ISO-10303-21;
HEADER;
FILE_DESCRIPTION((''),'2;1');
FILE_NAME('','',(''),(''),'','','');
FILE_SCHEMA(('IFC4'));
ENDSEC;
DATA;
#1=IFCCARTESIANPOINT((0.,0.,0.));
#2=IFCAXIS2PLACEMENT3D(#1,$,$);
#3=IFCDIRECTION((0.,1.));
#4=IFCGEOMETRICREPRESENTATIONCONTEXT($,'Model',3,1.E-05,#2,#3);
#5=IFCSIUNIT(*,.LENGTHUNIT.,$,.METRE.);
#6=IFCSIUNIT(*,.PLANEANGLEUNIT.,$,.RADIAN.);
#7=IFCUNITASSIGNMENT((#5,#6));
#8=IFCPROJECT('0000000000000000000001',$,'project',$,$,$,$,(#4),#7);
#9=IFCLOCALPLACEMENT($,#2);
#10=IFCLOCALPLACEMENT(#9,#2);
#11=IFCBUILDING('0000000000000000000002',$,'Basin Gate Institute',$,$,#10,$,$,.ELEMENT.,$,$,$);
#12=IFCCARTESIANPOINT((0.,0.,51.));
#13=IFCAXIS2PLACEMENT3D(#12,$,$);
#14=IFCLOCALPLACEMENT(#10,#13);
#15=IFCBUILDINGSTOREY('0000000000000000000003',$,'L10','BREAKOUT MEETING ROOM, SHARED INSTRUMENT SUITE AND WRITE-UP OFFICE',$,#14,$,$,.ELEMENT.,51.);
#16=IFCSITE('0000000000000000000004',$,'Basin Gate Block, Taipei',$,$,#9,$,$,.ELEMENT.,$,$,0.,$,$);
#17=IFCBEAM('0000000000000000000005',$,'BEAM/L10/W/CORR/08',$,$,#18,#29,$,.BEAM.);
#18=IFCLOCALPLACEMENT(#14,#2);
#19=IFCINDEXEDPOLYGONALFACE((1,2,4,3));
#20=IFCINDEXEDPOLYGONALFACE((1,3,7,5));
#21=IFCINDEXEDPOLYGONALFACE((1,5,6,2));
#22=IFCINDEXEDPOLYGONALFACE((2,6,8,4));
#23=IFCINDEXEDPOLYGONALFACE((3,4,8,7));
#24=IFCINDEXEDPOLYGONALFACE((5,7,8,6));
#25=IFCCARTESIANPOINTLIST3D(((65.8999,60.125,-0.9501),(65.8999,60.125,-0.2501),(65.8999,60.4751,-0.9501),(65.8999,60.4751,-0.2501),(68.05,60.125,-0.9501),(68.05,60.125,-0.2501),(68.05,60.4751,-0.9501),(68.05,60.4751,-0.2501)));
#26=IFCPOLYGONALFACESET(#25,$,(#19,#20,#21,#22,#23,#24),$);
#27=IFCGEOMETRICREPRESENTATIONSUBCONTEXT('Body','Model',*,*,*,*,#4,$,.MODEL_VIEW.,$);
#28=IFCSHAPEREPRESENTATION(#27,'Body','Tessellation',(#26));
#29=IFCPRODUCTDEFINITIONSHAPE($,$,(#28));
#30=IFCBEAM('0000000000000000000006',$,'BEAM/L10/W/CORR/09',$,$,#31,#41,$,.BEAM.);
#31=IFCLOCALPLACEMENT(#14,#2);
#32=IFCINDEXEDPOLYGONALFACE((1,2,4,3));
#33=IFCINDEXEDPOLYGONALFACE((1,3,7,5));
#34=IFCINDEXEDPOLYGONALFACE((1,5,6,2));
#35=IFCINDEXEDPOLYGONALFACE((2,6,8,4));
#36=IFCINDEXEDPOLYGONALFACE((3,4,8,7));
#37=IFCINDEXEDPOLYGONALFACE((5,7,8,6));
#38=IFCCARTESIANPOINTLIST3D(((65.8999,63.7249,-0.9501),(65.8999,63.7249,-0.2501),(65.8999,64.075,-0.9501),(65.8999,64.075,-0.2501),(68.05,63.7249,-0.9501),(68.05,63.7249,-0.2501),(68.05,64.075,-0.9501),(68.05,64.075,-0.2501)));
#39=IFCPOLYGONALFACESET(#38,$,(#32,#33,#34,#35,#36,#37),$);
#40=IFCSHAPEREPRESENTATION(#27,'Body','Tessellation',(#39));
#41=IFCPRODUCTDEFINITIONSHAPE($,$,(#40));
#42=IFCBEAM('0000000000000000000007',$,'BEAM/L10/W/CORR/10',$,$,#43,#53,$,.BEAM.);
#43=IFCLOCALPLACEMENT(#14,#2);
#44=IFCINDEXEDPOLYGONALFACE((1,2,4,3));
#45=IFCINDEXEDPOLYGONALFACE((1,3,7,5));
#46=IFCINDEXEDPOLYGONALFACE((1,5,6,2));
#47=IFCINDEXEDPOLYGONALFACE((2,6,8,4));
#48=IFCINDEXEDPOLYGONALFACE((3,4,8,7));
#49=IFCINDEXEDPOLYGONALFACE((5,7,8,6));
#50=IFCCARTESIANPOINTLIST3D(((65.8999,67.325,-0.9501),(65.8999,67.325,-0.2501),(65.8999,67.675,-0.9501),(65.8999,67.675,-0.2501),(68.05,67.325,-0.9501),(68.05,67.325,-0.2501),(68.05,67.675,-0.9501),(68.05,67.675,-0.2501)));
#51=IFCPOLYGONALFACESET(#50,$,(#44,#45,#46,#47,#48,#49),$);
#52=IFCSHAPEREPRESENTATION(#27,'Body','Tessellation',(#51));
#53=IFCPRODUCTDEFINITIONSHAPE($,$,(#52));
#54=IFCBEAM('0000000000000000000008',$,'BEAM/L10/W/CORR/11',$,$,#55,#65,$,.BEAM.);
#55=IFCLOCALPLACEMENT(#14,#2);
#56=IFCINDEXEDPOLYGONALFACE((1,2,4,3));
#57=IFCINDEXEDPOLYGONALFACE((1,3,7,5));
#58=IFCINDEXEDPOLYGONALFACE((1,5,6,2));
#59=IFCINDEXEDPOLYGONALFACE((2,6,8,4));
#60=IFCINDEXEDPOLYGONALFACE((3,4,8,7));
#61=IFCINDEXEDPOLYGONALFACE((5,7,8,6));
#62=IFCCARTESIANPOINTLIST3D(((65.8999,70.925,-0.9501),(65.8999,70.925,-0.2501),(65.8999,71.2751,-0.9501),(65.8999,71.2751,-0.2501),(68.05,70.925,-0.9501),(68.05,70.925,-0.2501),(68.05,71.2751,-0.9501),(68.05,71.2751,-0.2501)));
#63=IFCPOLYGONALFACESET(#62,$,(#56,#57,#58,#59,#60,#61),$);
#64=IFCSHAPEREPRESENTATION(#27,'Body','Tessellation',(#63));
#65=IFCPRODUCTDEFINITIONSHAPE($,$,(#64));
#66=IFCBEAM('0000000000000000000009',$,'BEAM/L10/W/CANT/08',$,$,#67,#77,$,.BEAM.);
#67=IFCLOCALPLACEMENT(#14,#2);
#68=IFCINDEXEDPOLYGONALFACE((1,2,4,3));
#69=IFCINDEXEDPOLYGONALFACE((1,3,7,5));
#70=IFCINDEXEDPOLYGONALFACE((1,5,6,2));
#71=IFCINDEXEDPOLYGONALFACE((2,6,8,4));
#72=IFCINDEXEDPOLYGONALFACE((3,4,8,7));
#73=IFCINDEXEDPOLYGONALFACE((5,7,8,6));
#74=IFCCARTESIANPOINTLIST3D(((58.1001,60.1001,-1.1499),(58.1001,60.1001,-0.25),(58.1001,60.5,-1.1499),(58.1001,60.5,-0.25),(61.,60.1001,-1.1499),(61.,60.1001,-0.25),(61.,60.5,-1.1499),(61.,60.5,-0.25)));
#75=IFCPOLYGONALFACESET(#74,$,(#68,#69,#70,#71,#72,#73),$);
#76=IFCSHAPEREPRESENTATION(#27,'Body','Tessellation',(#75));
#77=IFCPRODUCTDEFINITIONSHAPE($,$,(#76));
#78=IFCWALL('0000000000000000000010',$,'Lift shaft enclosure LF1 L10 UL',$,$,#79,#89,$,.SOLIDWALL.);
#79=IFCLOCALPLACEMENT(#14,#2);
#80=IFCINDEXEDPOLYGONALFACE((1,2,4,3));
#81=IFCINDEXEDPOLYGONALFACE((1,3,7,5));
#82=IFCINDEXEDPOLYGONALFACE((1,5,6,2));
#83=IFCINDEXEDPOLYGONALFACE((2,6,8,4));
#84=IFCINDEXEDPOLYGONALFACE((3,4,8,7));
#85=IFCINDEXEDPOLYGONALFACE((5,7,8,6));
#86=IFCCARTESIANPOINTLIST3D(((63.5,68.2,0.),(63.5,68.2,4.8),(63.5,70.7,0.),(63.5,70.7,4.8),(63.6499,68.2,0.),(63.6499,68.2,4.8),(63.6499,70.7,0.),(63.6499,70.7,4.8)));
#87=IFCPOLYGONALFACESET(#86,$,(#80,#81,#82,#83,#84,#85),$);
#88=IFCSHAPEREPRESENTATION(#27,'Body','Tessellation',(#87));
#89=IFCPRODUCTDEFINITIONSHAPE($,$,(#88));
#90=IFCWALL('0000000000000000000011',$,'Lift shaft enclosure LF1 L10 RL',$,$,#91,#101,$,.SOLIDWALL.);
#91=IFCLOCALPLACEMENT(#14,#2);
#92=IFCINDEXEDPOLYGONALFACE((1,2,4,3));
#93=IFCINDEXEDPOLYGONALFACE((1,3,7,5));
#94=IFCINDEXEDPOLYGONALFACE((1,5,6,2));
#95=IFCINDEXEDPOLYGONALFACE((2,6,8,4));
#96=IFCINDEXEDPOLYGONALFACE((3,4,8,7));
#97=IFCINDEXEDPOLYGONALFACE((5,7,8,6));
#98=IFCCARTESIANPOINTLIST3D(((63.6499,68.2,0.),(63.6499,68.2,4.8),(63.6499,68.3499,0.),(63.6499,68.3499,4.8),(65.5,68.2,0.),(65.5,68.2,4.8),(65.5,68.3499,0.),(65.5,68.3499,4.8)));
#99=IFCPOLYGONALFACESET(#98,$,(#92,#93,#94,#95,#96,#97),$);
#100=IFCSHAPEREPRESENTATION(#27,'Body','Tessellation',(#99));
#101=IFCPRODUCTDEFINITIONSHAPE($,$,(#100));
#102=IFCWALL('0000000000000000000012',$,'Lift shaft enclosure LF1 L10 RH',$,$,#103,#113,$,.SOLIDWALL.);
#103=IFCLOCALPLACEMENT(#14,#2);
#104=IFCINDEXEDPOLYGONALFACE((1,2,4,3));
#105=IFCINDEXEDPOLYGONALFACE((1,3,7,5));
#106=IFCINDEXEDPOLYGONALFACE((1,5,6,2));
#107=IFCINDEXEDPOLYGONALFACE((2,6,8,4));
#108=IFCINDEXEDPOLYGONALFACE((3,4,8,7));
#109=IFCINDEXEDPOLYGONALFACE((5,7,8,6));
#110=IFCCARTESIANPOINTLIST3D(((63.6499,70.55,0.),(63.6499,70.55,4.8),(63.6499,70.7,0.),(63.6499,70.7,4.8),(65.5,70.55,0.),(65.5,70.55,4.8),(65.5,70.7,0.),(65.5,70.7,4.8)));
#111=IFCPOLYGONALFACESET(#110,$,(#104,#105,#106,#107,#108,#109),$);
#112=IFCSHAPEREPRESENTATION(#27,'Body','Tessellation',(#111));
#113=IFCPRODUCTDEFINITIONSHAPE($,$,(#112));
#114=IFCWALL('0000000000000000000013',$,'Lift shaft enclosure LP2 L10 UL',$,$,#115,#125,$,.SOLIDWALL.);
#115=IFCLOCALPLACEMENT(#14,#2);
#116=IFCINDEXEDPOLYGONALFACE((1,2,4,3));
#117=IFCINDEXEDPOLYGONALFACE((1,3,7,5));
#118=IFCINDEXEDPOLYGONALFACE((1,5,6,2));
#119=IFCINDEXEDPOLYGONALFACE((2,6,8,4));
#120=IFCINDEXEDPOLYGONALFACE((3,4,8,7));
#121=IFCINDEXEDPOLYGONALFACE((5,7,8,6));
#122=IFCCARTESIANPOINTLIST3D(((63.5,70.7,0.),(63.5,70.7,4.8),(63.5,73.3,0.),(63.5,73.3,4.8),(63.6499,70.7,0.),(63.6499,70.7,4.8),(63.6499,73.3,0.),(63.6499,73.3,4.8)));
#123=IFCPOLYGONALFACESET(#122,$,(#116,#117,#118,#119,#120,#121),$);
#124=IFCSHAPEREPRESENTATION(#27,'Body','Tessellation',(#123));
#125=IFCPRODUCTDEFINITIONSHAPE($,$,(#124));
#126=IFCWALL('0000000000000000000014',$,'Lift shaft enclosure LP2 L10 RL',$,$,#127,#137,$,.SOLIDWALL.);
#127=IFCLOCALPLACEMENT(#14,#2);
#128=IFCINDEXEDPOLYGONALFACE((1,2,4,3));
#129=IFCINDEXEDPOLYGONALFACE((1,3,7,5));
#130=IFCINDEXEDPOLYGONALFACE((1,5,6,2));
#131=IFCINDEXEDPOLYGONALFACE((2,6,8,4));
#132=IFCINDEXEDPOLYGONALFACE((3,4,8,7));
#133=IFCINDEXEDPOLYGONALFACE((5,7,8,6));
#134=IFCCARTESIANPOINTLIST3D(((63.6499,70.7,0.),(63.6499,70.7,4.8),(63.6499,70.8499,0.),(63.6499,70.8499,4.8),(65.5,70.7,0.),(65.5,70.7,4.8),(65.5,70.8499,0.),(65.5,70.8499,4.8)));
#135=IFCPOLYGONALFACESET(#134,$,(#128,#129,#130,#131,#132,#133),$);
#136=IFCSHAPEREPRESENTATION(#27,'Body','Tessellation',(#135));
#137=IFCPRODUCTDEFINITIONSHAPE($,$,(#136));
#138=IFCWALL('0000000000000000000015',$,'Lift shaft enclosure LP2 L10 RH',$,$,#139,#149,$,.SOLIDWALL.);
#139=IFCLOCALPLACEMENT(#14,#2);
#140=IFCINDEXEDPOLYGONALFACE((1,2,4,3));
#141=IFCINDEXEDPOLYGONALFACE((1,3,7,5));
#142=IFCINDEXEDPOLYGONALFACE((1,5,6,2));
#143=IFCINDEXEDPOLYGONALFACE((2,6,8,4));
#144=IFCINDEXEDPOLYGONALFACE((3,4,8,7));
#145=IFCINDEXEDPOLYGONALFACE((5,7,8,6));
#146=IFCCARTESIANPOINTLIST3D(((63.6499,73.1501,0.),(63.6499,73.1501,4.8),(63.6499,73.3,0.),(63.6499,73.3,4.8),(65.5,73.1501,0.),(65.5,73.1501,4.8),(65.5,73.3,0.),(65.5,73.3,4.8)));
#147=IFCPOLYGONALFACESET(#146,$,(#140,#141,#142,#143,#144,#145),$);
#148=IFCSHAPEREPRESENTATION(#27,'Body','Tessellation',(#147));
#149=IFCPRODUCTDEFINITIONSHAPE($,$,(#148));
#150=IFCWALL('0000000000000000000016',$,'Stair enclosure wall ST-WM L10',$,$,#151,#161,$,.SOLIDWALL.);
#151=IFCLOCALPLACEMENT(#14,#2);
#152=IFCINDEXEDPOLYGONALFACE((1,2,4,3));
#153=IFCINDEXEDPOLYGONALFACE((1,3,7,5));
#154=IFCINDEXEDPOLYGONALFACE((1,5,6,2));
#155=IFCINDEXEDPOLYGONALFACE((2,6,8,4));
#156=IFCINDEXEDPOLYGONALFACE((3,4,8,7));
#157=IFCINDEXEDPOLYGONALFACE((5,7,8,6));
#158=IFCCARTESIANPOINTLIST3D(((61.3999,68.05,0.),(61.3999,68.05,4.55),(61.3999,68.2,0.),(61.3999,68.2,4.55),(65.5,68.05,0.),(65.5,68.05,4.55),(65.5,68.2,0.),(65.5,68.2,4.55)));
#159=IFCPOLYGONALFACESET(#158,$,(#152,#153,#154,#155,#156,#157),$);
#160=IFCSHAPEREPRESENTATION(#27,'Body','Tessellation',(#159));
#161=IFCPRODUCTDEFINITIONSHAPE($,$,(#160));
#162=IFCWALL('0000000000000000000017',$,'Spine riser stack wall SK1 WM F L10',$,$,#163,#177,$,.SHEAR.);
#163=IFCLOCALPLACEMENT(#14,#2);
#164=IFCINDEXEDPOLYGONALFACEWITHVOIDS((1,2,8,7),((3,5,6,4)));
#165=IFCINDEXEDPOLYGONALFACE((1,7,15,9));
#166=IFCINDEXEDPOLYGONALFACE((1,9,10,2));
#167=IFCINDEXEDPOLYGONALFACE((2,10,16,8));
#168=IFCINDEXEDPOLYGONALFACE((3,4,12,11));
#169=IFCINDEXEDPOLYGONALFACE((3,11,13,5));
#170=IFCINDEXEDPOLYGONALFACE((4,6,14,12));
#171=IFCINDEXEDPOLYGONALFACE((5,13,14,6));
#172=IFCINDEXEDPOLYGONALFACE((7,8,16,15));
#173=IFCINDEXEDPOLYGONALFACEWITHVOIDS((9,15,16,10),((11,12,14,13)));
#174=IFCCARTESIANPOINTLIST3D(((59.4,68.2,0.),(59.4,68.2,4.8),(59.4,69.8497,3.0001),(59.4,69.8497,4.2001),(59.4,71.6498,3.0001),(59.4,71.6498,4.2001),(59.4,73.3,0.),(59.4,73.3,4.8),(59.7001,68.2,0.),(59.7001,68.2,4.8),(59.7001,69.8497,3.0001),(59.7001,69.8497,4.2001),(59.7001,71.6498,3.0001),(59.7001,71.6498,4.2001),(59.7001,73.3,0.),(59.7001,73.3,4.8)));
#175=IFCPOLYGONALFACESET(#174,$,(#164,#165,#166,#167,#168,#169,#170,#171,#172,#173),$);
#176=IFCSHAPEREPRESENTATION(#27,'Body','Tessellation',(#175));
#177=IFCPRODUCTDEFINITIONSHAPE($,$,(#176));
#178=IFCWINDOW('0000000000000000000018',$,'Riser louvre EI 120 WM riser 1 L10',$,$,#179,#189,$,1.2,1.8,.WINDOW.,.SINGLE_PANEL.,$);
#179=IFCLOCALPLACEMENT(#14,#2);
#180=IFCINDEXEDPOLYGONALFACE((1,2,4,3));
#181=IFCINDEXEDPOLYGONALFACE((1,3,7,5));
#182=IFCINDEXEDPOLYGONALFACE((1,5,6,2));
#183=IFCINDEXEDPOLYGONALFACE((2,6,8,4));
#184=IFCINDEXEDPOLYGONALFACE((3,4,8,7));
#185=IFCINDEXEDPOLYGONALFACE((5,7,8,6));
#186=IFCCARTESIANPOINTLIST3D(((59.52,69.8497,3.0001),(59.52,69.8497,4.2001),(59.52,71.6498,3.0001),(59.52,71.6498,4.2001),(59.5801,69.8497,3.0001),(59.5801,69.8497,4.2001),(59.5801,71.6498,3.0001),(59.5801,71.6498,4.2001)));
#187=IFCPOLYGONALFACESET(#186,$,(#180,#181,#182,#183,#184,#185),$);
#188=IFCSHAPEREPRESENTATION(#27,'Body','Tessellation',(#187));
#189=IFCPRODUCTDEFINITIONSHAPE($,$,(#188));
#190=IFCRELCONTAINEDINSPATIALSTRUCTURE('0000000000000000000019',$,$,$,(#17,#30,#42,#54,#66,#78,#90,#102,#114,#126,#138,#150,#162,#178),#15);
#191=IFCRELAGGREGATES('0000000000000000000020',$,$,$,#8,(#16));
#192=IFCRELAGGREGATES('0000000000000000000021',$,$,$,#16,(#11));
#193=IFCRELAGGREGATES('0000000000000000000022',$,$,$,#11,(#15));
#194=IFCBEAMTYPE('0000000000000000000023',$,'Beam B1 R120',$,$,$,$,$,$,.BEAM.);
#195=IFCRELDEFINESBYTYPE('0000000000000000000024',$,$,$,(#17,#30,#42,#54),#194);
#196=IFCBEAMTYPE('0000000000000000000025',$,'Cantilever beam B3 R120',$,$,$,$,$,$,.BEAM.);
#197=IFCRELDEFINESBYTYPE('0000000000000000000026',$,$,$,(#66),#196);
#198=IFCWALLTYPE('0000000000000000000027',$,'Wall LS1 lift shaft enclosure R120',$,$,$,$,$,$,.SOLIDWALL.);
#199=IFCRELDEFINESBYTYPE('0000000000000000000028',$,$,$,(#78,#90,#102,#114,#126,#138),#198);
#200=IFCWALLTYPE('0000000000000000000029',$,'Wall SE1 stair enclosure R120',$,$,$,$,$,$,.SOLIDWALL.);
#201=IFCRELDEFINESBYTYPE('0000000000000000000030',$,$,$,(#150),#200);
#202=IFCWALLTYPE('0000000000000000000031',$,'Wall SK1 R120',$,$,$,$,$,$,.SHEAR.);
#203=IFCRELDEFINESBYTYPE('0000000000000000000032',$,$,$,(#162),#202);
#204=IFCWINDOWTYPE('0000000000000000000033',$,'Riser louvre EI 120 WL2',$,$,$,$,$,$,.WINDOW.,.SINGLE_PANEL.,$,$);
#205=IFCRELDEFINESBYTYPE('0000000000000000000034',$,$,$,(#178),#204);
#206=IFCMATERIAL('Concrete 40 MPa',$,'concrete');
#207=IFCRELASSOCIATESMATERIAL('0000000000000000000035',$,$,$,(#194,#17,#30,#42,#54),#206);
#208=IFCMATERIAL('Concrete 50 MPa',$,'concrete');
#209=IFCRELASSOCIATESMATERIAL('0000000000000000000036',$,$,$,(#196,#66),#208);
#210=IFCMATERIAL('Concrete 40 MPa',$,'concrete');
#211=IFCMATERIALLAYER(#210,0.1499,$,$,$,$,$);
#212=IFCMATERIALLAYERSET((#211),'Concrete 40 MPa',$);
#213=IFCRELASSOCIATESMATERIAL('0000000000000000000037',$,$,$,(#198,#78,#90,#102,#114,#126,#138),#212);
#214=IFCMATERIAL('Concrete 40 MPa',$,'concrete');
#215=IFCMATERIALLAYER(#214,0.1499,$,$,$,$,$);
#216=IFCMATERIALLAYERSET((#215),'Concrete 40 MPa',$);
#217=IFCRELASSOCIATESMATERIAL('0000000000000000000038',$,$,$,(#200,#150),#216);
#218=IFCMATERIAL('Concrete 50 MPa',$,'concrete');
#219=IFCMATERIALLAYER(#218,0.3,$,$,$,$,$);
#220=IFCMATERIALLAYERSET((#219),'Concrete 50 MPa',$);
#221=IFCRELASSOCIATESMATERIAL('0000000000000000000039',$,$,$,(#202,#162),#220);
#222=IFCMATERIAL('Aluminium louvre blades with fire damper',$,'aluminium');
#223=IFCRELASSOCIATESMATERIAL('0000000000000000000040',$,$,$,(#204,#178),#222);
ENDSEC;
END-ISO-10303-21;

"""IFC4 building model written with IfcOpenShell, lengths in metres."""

from ifc_helpers import new_model, si_unit, direction, frame, frame_2d, origin, origin_2d, place, context, subcontext, project, spatial, rectangle, extrude, material, layer, layer_set, material_profile, profile_set, type_object, element, fill, save


model = new_model("IFC4")

# Units and contexts
model_context = context("Model", 3, precision=1e-05, world=origin(), true_north=direction((0.0, 1.0)))
body_context = subcontext(model_context, "Body", "Model", "MODEL_VIEW")
ifc_project = project(units=[si_unit("LENGTHUNIT", "METRE"), si_unit("PLANEANGLEUNIT", "RADIAN")], contexts=[model_context])

# Site, building, storey
site_placement = place(None, origin())
site = spatial("IfcSite", under=ifc_project, at=site_placement, Name="Basin Gate Block, Taipei", CompositionType="ELEMENT", RefElevation=0.0)
building_placement = place(site_placement, origin())
building = spatial("IfcBuilding", under=site, at=building_placement, Name="Basin Gate Institute", CompositionType="ELEMENT")
storey_placement = place(building_placement, frame((0.0, 0.0, 51.0)))
storey = spatial("IfcBuildingStorey", under=building, at=storey_placement, Name="L10", Description="BREAKOUT MEETING ROOM, SHARED INSTRUMENT SUITE AND WRITE-UP OFFICE", CompositionType="ELEMENT", Elevation=51.0)

# Beams
ifc_material_1 = material(Name="Concrete 40 MPa", Category="concrete")
ifc_material_profile_1 = material_profile(ifc_material_1, rectangle(XDim=0.3501, YDim=0.7, at=origin_2d()), Name="Beam B1 350 x 700")
ifc_profile_set_1 = profile_set([ifc_material_profile_1], Name="Concrete 40 MPa")
beam_type_1 = type_object("IfcBeamType", Name="Beam B1 R120", PredefinedType="BEAM", material=ifc_profile_set_1)
for number, where, z_axis, x_axis, name in (
    (1, (65.8999, 60.3, -0.6001), (1.0, 0.0, 0.0), (0.0, 1.0, 0.0), "BEAM/L10/W/CORR/08"),
    (2, (65.8999, 63.8999, -0.6001), (1.0, 0.0, 0.0), (0.0, 1.0, 0.0), "BEAM/L10/W/CORR/09"),
    (3, (65.8999, 67.5, -0.6001), (1.0, 0.0, 0.0), (0.0, 1.0, 0.0), "BEAM/L10/W/CORR/10"),
    (4, (65.8999, 71.1001, -0.6001), (1.0, 0.0, 0.0), (0.0, 1.0, 0.0), "BEAM/L10/W/CORR/11"),
):
    element("IfcBeam", number, at=place(storey_placement, frame(where, z_axis=z_axis, x_axis=x_axis)), inside=storey, type_object=beam_type_1, material=ifc_profile_set_1, Name=name, PredefinedType="BEAM", context=body_context, shape_type="SweptSolid", body=[
        extrude(rectangle(XDim=0.3501, YDim=0.7, at=origin_2d()), origin(), (0.0, 0.0, 1.0), 2.1501),
    ])
ifc_material_2 = material(Name="Concrete 50 MPa", Category="concrete")
ifc_material_profile_2 = material_profile(ifc_material_2, rectangle(XDim=0.3999, YDim=0.8999, at=origin_2d()), Name="Cantilever beam B3 400 x 900")
ifc_profile_set_2 = profile_set([ifc_material_profile_2], Name="Concrete 50 MPa")
beam_type_2 = type_object("IfcBeamType", Name="Cantilever beam B3 R120", PredefinedType="BEAM", material=ifc_profile_set_2)
beam_placement = place(storey_placement, frame((58.1001, 60.3, -0.7), z_axis=(1.0, 0.0, 0.0), x_axis=(0.0, 1.0, 0.0)))
element("IfcBeam", 5, at=beam_placement, inside=storey, type_object=beam_type_2, material=ifc_profile_set_2, Name="BEAM/L10/W/CANT/08", PredefinedType="BEAM", context=body_context, shape_type="SweptSolid", body=[
    extrude(rectangle(XDim=0.3999, YDim=0.8999, at=origin_2d()), origin(), (0.0, 0.0, 1.0), 2.8999),
])

# Walls
ifc_material_3 = material(Name="Concrete 40 MPa", Category="concrete")
ifc_layer_1 = layer(ifc_material_3, 0.1499)
ifc_layer_set_1 = layer_set([ifc_layer_1], Name="Concrete 40 MPa")
wall_type_1 = type_object("IfcWallType", Name="Wall LS1 lift shaft enclosure R120", PredefinedType="SOLIDWALL", material=ifc_layer_set_1)
wall_1_placement = place(storey_placement, frame((63.575, 68.2, 0.0), z_axis=(0.0, 0.0, 1.0), x_axis=(0.0, 1.0, 0.0)))
element("IfcWall", 6, at=wall_1_placement, inside=storey, type_object=wall_type_1, material=ifc_layer_set_1, Name="Lift shaft enclosure LF1 L10 UL", PredefinedType="SOLIDWALL", context=body_context, shape_type="SweptSolid", body=[
    extrude(rectangle(XDim=2.5, YDim=0.1499, at=frame_2d((1.25, 0.0))), origin(), (0.0, 0.0, 1.0), 4.8),
])
for number, where, z_axis, x_axis, name in (
    (7, (63.6499, 68.2749, 0.0), (0.0, 0.0, 1.0), (1.0, 0.0, 0.0), "Lift shaft enclosure LF1 L10 RL"),
    (8, (63.6499, 70.625, 0.0), (0.0, 0.0, 1.0), (1.0, 0.0, 0.0), "Lift shaft enclosure LF1 L10 RH"),
):
    element("IfcWall", number, at=place(storey_placement, frame(where, z_axis=z_axis, x_axis=x_axis)), inside=storey, type_object=wall_type_1, material=ifc_layer_set_1, Name=name, PredefinedType="SOLIDWALL", context=body_context, shape_type="SweptSolid", body=[
        extrude(rectangle(XDim=1.8501, YDim=0.1499, at=frame_2d((0.925, 0.0))), origin(), (0.0, 0.0, 1.0), 4.8),
    ])
wall_2_placement = place(storey_placement, frame((63.575, 70.7, 0.0), z_axis=(0.0, 0.0, 1.0), x_axis=(0.0, 1.0, 0.0)))
element("IfcWall", 9, at=wall_2_placement, inside=storey, type_object=wall_type_1, material=ifc_layer_set_1, Name="Lift shaft enclosure LP2 L10 UL", PredefinedType="SOLIDWALL", context=body_context, shape_type="SweptSolid", body=[
    extrude(rectangle(XDim=2.6001, YDim=0.1499, at=frame_2d((1.3, 0.0))), origin(), (0.0, 0.0, 1.0), 4.8),
])
for number, where, z_axis, x_axis, name in (
    (10, (63.6499, 70.7749, 0.0), (0.0, 0.0, 1.0), (1.0, 0.0, 0.0), "Lift shaft enclosure LP2 L10 RL"),
    (11, (63.6499, 73.2251, 0.0), (0.0, 0.0, 1.0), (1.0, 0.0, 0.0), "Lift shaft enclosure LP2 L10 RH"),
):
    element("IfcWall", number, at=place(storey_placement, frame(where, z_axis=z_axis, x_axis=x_axis)), inside=storey, type_object=wall_type_1, material=ifc_layer_set_1, Name=name, PredefinedType="SOLIDWALL", context=body_context, shape_type="SweptSolid", body=[
        extrude(rectangle(XDim=1.8501, YDim=0.1499, at=frame_2d((0.925, 0.0))), origin(), (0.0, 0.0, 1.0), 4.8),
    ])
ifc_material_4 = material(Name="Concrete 40 MPa", Category="concrete")
ifc_layer_2 = layer(ifc_material_4, 0.1499)
ifc_layer_set_2 = layer_set([ifc_layer_2], Name="Concrete 40 MPa")
wall_type_2 = type_object("IfcWallType", Name="Wall SE1 stair enclosure R120", PredefinedType="SOLIDWALL", material=ifc_layer_set_2)
wall_3_placement = place(storey_placement, frame((61.3999, 68.125, 0.0), z_axis=(0.0, 0.0, 1.0), x_axis=(1.0, 0.0, 0.0)))
element("IfcWall", 12, at=wall_3_placement, inside=storey, type_object=wall_type_2, material=ifc_layer_set_2, Name="Stair enclosure wall ST-WM L10", PredefinedType="SOLIDWALL", context=body_context, shape_type="SweptSolid", body=[
    extrude(rectangle(XDim=4.1001, YDim=0.1499, at=frame_2d((2.05, 0.0))), origin(), (0.0, 0.0, 1.0), 4.55),
])

# Wall, opening, window
ifc_material_5 = material(Name="Concrete 50 MPa", Category="concrete")
ifc_layer_3 = layer(ifc_material_5, 0.3)
ifc_layer_set_3 = layer_set([ifc_layer_3], Name="Concrete 50 MPa")
wall_type_3 = type_object("IfcWallType", Name="Wall SK1 R120", PredefinedType="SHEAR", material=ifc_layer_set_3)
wall_4_placement = place(storey_placement, frame((59.55, 68.2, 0.0), z_axis=(0.0, 0.0, 1.0), x_axis=(0.0, 1.0, 0.0)))
wall_4 = element("IfcWall", 13, at=wall_4_placement, inside=storey, type_object=wall_type_3, material=ifc_layer_set_3, Name="Spine riser stack wall SK1 WM F L10", PredefinedType="SHEAR", context=body_context, shape_type="SweptSolid", body=[
    extrude(rectangle(XDim=5.1001, YDim=0.3, at=frame_2d((2.55, 0.0))), origin(), (0.0, 0.0, 1.0), 4.8),
])
opening_placement = place(wall_4_placement, frame((1.6499, 0.0, 3.0)))
opening = element("IfcOpeningElement", 14, at=opening_placement, cuts=wall_4, PredefinedType="OPENING", context=body_context, shape_type="SweptSolid", body=[
    extrude(rectangle(XDim=1.8, YDim=1.2, at=frame_2d((0.8999, 0.6001))), frame((0.0, 0.1602, 0.0), z_axis=(0.0, -1.0, 0.0), x_axis=(1.0, 0.0, 0.0)), (0.0, 0.0, 1.0), 0.3201),
])
ifc_material_6 = material(Name="Aluminium louvre blades with fire damper", Category="aluminium")
window_type = type_object("IfcWindowType", Name="Riser louvre EI 120 WL2", PartitioningType="SINGLE_PANEL", PredefinedType="WINDOW", material=ifc_material_6)
window_placement = place(opening_placement, origin())
window = element("IfcWindow", 15, at=window_placement, inside=storey, type_object=window_type, material=ifc_material_6, Name="Riser louvre EI 120 WM riser 1 L10", OverallHeight=1.2, OverallWidth=1.8, PartitioningType="SINGLE_PANEL", PredefinedType="WINDOW", context=body_context, shape_type="SweptSolid", body=[
    extrude(rectangle(XDim=1.8, YDim=1.2, at=frame_2d((0.8999, 0.6001))), frame((0.0, 0.03, 0.0), z_axis=(0.0, -1.0, 0.0), x_axis=(1.0, 0.0, 0.0)), (0.0, 0.0, 1.0), 0.0601),
])
fill(opening, window)

save(model, "model.ifc")
